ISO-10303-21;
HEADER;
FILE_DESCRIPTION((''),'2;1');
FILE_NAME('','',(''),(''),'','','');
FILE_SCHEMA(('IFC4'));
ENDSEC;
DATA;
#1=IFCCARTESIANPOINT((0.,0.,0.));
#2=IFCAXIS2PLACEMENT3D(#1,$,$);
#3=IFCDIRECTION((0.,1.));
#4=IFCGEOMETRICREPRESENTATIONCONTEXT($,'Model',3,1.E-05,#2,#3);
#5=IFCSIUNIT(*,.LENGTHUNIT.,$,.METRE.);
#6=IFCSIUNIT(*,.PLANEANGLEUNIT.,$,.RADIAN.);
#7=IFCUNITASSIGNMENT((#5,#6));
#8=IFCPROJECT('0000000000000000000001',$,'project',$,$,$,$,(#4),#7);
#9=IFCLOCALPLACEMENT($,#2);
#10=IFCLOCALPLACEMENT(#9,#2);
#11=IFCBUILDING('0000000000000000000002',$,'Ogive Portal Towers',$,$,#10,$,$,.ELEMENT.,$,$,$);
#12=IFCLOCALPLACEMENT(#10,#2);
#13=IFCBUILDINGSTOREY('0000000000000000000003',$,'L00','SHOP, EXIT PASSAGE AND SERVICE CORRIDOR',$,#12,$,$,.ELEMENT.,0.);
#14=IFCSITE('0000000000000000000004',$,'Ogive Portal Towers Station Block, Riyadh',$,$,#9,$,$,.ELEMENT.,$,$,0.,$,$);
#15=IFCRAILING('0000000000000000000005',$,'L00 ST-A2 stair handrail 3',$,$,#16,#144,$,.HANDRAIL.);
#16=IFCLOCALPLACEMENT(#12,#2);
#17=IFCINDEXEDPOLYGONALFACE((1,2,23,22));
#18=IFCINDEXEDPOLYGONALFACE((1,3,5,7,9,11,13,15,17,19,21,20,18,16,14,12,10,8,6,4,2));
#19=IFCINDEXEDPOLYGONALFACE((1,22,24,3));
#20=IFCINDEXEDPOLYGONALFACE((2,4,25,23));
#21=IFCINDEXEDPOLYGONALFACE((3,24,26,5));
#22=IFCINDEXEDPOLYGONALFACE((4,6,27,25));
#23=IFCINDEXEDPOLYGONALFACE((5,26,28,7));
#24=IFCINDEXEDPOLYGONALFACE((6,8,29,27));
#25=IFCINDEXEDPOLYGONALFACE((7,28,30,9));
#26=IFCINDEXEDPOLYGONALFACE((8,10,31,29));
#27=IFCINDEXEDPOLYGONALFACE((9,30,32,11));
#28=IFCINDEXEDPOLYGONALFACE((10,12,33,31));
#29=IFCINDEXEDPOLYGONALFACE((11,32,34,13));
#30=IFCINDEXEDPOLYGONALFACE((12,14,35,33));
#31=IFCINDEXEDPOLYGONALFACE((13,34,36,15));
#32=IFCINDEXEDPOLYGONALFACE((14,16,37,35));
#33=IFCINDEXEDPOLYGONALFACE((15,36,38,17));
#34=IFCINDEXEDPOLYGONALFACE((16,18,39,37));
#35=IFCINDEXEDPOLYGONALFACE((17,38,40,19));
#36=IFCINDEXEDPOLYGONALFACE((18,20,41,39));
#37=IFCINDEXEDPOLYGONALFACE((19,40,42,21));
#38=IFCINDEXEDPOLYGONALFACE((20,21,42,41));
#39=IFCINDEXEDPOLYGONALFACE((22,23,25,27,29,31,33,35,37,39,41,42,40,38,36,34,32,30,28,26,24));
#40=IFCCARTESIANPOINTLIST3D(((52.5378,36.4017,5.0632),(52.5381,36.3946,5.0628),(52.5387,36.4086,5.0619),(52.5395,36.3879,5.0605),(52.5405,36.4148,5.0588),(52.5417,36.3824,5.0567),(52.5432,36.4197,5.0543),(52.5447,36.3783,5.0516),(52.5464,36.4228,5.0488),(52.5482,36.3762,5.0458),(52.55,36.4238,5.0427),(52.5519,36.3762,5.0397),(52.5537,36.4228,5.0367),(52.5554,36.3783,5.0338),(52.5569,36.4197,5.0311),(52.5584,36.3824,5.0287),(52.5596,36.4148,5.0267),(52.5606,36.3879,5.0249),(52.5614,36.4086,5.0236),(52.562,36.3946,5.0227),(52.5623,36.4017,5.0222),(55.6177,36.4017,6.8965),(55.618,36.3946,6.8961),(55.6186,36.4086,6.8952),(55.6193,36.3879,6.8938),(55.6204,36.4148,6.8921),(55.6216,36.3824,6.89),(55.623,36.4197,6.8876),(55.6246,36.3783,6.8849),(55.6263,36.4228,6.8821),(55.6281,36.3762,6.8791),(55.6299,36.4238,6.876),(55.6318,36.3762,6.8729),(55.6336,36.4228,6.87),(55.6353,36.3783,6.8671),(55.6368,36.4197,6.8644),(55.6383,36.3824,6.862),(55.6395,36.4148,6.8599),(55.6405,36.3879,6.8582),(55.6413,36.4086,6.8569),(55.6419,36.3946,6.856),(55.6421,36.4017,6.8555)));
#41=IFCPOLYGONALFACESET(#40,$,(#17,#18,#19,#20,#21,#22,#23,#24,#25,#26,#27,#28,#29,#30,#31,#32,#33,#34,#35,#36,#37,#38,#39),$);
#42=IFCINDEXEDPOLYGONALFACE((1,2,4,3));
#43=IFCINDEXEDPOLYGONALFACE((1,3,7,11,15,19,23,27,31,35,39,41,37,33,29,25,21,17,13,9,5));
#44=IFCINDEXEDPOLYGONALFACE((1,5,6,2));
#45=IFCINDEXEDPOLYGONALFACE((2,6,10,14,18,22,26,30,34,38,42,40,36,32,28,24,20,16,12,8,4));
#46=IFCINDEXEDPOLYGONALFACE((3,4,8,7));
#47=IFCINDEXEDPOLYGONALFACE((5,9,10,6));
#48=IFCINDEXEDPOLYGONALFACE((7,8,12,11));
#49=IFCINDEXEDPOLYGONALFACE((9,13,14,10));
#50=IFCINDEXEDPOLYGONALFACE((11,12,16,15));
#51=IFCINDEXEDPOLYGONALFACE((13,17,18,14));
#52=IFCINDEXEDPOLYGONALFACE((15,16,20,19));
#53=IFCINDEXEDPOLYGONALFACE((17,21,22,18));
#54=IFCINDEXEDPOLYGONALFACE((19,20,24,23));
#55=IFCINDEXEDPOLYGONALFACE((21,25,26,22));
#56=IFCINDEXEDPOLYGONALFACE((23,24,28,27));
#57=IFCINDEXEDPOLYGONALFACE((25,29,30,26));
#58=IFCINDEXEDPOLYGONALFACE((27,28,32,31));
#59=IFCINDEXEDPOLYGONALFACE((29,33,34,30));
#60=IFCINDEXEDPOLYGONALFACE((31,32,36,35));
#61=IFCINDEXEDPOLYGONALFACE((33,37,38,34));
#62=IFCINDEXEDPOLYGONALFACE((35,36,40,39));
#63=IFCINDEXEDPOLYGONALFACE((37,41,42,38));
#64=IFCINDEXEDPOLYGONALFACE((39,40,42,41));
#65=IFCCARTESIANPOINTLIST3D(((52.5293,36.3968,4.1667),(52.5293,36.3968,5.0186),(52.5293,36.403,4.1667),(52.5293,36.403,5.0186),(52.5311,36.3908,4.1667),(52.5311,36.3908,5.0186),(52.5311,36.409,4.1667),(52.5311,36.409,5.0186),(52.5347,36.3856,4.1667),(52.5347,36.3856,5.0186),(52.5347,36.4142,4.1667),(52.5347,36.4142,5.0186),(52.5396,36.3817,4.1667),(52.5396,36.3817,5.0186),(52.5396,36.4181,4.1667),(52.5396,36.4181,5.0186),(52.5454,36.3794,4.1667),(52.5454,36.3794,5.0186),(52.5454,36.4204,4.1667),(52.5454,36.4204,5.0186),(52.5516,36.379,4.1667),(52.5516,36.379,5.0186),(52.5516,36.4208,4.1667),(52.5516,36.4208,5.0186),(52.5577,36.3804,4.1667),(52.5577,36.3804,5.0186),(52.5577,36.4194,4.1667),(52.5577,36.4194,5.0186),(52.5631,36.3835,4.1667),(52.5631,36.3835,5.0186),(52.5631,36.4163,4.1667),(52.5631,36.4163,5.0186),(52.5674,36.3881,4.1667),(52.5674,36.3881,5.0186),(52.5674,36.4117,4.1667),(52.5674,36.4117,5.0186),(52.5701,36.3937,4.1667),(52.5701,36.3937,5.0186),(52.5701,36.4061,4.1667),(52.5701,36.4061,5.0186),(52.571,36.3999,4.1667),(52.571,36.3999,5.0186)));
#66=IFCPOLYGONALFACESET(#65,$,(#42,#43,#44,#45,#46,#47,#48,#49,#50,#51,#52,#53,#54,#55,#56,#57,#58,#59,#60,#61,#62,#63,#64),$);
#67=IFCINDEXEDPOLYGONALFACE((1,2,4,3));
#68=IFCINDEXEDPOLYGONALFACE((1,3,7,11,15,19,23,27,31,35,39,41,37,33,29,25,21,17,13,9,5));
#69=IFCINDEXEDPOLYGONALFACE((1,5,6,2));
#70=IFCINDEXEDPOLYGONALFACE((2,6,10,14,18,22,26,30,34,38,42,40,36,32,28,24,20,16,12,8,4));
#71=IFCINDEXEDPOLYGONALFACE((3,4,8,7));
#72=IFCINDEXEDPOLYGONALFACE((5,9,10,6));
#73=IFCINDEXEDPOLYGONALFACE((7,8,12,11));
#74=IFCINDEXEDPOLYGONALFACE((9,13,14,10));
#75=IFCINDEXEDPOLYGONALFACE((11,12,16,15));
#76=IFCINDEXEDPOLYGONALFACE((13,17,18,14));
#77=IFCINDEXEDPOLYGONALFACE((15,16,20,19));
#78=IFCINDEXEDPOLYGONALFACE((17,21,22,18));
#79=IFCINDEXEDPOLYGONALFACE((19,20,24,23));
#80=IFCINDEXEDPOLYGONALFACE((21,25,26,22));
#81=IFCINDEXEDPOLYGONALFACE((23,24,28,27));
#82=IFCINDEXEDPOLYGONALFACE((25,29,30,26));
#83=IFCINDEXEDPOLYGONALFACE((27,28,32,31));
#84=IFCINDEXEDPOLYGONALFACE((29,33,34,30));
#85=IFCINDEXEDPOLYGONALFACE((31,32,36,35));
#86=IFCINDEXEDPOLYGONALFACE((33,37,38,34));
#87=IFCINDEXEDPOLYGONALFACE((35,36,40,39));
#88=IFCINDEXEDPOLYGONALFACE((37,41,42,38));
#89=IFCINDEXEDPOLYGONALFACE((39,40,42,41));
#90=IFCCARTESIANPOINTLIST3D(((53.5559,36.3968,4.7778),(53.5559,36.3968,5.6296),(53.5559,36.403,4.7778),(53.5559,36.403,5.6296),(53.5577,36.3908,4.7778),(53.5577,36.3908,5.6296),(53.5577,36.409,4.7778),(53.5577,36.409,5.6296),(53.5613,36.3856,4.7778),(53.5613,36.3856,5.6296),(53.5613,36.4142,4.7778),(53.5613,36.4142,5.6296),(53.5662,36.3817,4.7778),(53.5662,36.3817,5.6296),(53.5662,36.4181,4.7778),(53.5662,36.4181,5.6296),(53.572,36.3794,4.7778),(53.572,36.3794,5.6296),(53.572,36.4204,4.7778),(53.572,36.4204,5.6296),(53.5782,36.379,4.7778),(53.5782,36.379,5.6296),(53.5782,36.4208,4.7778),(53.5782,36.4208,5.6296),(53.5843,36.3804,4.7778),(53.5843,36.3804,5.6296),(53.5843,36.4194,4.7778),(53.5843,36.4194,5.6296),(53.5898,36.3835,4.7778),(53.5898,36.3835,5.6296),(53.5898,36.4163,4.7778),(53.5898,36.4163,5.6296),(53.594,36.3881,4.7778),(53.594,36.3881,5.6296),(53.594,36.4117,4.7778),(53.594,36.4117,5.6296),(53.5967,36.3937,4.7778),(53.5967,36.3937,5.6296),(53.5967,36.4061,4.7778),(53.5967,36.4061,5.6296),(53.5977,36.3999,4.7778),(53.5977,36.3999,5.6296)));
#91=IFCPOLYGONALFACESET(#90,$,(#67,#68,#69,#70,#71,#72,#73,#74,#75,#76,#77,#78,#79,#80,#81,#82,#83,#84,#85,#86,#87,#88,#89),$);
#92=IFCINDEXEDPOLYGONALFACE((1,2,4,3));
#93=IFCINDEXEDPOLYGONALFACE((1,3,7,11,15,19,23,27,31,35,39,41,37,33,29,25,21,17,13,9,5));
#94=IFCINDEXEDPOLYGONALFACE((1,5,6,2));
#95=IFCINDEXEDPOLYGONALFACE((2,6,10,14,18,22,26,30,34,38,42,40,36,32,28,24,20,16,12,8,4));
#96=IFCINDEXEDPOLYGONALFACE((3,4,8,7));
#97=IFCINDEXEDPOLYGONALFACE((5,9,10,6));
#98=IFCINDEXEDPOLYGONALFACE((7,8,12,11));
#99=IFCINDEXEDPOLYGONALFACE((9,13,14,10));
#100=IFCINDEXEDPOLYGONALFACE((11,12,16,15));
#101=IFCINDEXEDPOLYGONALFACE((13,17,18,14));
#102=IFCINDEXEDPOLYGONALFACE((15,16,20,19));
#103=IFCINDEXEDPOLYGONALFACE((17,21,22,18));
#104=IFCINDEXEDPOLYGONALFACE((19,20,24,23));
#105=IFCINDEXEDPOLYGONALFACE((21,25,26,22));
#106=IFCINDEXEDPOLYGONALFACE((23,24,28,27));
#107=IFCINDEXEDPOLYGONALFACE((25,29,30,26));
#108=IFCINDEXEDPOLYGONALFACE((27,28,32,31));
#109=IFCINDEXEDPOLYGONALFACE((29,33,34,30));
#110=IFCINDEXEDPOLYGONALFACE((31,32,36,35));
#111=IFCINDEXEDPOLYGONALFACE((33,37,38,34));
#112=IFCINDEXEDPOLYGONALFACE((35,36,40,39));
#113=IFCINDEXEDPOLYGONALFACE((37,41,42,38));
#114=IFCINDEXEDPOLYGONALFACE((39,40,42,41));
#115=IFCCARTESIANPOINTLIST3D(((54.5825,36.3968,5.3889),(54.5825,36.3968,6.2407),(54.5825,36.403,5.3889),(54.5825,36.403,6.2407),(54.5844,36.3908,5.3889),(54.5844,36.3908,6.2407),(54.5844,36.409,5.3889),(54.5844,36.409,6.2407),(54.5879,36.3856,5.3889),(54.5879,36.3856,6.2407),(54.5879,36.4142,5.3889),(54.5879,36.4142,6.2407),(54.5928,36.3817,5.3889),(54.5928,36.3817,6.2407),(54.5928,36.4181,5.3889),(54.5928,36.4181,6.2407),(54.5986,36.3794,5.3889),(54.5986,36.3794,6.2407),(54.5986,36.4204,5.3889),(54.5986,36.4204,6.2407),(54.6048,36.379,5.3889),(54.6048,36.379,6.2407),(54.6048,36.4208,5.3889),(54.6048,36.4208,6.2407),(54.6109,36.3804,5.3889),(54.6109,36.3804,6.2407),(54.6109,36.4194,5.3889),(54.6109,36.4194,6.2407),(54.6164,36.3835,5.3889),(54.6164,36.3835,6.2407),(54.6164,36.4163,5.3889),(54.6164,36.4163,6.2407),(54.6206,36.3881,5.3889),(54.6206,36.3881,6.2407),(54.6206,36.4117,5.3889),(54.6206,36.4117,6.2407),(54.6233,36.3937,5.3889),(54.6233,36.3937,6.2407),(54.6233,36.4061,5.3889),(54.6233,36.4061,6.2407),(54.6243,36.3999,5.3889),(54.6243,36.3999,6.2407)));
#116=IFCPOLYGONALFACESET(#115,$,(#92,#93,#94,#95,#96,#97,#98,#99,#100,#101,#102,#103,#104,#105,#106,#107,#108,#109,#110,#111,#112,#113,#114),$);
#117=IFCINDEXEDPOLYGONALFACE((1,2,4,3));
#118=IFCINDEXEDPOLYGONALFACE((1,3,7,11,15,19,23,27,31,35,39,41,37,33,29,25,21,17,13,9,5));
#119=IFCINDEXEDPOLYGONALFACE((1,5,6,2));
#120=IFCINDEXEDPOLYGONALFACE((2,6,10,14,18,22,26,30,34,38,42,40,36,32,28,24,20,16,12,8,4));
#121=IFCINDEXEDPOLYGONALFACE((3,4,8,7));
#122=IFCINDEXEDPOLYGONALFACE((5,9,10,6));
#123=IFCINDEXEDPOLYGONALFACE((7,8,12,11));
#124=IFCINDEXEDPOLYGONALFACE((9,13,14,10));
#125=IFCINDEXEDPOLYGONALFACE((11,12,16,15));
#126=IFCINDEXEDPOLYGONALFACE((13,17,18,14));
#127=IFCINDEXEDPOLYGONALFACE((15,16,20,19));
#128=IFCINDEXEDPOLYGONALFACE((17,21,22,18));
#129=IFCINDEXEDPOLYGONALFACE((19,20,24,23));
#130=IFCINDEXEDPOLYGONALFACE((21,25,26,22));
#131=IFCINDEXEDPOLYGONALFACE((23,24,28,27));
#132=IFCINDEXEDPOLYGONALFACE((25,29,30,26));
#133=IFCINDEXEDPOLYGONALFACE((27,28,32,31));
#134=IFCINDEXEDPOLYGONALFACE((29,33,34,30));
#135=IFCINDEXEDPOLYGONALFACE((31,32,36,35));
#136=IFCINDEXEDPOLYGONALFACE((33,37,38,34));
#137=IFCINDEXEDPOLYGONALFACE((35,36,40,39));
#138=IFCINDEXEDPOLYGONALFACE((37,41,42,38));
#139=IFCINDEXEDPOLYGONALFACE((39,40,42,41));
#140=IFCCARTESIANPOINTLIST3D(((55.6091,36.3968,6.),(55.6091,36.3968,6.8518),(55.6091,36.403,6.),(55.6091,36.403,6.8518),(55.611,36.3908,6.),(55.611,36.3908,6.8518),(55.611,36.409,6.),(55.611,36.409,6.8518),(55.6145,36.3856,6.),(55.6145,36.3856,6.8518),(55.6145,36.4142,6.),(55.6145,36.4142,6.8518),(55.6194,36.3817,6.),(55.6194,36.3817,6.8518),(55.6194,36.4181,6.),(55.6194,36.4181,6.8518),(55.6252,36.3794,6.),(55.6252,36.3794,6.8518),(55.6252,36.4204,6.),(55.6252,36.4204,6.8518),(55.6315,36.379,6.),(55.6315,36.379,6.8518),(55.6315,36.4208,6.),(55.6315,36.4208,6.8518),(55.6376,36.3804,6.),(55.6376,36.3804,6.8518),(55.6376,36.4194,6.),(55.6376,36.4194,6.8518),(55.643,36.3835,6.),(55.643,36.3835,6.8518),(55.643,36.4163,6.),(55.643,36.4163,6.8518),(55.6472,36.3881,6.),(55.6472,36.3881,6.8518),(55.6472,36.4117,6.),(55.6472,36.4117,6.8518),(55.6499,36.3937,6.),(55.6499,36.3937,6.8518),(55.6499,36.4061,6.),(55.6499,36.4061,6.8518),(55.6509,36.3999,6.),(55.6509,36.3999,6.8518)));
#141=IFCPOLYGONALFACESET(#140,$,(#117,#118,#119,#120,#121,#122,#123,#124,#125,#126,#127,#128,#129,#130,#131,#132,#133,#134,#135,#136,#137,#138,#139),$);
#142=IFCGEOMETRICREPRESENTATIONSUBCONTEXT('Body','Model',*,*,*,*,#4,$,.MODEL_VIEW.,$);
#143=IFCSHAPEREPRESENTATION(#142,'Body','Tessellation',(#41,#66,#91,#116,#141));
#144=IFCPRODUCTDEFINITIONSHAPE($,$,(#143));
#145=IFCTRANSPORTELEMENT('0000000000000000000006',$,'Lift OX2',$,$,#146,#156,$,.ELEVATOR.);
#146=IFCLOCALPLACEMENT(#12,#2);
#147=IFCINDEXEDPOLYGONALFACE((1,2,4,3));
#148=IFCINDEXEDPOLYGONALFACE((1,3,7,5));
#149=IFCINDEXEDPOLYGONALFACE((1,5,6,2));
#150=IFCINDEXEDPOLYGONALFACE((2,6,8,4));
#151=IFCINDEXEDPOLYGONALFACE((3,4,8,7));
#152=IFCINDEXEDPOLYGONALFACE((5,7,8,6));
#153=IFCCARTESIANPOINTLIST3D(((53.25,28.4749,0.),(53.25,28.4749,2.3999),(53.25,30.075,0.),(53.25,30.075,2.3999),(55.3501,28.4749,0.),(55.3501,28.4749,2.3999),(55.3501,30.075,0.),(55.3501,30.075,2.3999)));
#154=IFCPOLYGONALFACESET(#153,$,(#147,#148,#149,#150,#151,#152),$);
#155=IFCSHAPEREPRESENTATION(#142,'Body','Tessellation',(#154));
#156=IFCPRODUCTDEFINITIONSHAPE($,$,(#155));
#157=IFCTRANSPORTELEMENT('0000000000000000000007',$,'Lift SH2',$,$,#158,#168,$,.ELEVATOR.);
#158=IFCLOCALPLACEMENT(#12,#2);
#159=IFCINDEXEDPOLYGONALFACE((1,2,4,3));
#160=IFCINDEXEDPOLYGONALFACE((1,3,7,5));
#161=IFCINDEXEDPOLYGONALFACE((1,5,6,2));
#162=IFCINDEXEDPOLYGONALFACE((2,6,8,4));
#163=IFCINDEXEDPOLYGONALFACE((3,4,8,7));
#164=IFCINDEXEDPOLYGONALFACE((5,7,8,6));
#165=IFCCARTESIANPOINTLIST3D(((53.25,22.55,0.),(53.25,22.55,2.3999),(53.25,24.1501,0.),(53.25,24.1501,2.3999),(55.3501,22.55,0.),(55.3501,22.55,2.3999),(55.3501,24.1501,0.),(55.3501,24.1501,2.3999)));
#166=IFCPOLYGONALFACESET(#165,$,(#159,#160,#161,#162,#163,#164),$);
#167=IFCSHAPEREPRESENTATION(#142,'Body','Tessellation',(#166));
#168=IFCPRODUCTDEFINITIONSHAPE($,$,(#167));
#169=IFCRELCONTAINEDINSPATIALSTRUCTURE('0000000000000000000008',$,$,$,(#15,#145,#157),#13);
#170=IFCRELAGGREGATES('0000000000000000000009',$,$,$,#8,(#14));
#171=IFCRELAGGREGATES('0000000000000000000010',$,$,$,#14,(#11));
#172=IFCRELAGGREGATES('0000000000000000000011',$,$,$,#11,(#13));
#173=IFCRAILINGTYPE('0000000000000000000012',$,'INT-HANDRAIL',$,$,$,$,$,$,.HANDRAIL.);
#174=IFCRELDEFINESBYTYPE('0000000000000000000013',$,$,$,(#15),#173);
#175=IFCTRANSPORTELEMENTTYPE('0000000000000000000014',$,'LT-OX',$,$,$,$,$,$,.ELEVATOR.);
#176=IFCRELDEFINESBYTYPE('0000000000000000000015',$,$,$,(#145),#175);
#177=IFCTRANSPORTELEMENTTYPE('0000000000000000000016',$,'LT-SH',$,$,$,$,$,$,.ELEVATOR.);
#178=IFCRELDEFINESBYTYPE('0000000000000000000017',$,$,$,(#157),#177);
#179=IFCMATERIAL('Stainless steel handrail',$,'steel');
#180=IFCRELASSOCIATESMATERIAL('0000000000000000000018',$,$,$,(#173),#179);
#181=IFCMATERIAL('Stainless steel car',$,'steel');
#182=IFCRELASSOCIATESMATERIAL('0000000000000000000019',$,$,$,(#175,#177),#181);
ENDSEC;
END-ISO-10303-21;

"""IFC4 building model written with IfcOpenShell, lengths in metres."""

from ifc_helpers import new_model, si_unit, direction, frame, origin, origin_2d, place, context, subcontext, project, spatial, rectangle, circle, extrude, material, type_object, element, save


model = new_model("IFC4")

# Units and contexts
model_context = context("Model", 3, precision=1e-05, world=origin(), true_north=direction((0.0, 1.0)))
body_context = subcontext(model_context, "Body", "Model", "MODEL_VIEW")
ifc_project = project(units=[si_unit("LENGTHUNIT", "METRE"), si_unit("PLANEANGLEUNIT", "RADIAN")], contexts=[model_context])

# Site, building, storey
site_placement = place(None, origin())
site = spatial("IfcSite", under=ifc_project, at=site_placement, Name="Ogive Portal Towers Station Block, Riyadh", CompositionType="ELEMENT", RefElevation=0.0)
building_placement = place(site_placement, origin())
building = spatial("IfcBuilding", under=site, at=building_placement, Name="Ogive Portal Towers", CompositionType="ELEMENT")
storey_placement = place(building_placement, origin())
storey = spatial("IfcBuildingStorey", under=building, at=storey_placement, Name="L00", Description="SHOP, EXIT PASSAGE AND SERVICE CORRIDOR", CompositionType="ELEMENT", Elevation=0.0)

# Railing
ifc_material_1 = material(Name="Stainless steel handrail", Category="steel")
railing_type_1 = type_object("IfcRailingType", Name="INT-HANDRAIL", PredefinedType="HANDRAIL", material=ifc_material_1)
railing_1_placement = place(storey_placement, frame((52.55, 36.3999, 4.1667)))
element("IfcRailing", 1, at=railing_1_placement, inside=storey, type_object=railing_type_1, Name="L00 ST-A2 stair handrail 3", PredefinedType="HANDRAIL", context=body_context, shape_type="SweptSolid", body=[
    extrude(circle(Radius=0.0239, at=origin_2d()), frame((0.0, 0.0, 0.876), z_axis=(0.859291, 0.0, 0.511487), x_axis=(0.0, 1.0, 0.0)), (0.0, 0.0, 1.0), 3.5842),
    extrude(circle(Radius=0.021, at=origin_2d()), origin(), (0.0, 0.0, 1.0), 0.8518),
    extrude(circle(Radius=0.021, at=origin_2d()), frame((1.0266, 0.0, 0.6111)), (0.0, 0.0, 1.0), 0.8518),
    extrude(circle(Radius=0.021, at=origin_2d()), frame((2.0532, 0.0, 1.2222)), (0.0, 0.0, 1.0), 0.8518),
    extrude(circle(Radius=0.021, at=origin_2d()), frame((3.0798, 0.0, 1.8333)), (0.0, 0.0, 1.0), 0.8518),
])

# Transport elements
ifc_material_2 = material(Name="Stainless steel car", Category="steel")
transport_element_type_1 = type_object("IfcTransportElementType", Name="LT-OX", PredefinedType="ELEVATOR", material=ifc_material_2)
transport_element_1_placement = place(storey_placement, frame((54.3, 29.2749, 0.0), z_axis=(0.0, 0.0, 1.0), x_axis=(1.0, 0.0, 0.0)))
element("IfcTransportElement", 2, at=transport_element_1_placement, inside=storey, type_object=transport_element_type_1, Name="Lift OX2", PredefinedType="ELEVATOR", context=body_context, shape_type="SweptSolid", body=[
    extrude(rectangle(XDim=2.1001, YDim=1.6001, at=origin_2d()), origin(), (0.0, 0.0, 1.0), 2.3999),
])
transport_element_type_2 = type_object("IfcTransportElementType", Name="LT-SH", PredefinedType="ELEVATOR", material=ifc_material_2)
transport_element_2_placement = place(storey_placement, frame((54.3, 23.3501, 0.0), z_axis=(0.0, 0.0, 1.0), x_axis=(1.0, 0.0, 0.0)))
element("IfcTransportElement", 3, at=transport_element_2_placement, inside=storey, type_object=transport_element_type_2, Name="Lift SH2", PredefinedType="ELEVATOR", context=body_context, shape_type="SweptSolid", body=[
    extrude(rectangle(XDim=2.1001, YDim=1.6001, at=origin_2d()), origin(), (0.0, 0.0, 1.0), 2.3999),
])

save(model, "model.ifc")
